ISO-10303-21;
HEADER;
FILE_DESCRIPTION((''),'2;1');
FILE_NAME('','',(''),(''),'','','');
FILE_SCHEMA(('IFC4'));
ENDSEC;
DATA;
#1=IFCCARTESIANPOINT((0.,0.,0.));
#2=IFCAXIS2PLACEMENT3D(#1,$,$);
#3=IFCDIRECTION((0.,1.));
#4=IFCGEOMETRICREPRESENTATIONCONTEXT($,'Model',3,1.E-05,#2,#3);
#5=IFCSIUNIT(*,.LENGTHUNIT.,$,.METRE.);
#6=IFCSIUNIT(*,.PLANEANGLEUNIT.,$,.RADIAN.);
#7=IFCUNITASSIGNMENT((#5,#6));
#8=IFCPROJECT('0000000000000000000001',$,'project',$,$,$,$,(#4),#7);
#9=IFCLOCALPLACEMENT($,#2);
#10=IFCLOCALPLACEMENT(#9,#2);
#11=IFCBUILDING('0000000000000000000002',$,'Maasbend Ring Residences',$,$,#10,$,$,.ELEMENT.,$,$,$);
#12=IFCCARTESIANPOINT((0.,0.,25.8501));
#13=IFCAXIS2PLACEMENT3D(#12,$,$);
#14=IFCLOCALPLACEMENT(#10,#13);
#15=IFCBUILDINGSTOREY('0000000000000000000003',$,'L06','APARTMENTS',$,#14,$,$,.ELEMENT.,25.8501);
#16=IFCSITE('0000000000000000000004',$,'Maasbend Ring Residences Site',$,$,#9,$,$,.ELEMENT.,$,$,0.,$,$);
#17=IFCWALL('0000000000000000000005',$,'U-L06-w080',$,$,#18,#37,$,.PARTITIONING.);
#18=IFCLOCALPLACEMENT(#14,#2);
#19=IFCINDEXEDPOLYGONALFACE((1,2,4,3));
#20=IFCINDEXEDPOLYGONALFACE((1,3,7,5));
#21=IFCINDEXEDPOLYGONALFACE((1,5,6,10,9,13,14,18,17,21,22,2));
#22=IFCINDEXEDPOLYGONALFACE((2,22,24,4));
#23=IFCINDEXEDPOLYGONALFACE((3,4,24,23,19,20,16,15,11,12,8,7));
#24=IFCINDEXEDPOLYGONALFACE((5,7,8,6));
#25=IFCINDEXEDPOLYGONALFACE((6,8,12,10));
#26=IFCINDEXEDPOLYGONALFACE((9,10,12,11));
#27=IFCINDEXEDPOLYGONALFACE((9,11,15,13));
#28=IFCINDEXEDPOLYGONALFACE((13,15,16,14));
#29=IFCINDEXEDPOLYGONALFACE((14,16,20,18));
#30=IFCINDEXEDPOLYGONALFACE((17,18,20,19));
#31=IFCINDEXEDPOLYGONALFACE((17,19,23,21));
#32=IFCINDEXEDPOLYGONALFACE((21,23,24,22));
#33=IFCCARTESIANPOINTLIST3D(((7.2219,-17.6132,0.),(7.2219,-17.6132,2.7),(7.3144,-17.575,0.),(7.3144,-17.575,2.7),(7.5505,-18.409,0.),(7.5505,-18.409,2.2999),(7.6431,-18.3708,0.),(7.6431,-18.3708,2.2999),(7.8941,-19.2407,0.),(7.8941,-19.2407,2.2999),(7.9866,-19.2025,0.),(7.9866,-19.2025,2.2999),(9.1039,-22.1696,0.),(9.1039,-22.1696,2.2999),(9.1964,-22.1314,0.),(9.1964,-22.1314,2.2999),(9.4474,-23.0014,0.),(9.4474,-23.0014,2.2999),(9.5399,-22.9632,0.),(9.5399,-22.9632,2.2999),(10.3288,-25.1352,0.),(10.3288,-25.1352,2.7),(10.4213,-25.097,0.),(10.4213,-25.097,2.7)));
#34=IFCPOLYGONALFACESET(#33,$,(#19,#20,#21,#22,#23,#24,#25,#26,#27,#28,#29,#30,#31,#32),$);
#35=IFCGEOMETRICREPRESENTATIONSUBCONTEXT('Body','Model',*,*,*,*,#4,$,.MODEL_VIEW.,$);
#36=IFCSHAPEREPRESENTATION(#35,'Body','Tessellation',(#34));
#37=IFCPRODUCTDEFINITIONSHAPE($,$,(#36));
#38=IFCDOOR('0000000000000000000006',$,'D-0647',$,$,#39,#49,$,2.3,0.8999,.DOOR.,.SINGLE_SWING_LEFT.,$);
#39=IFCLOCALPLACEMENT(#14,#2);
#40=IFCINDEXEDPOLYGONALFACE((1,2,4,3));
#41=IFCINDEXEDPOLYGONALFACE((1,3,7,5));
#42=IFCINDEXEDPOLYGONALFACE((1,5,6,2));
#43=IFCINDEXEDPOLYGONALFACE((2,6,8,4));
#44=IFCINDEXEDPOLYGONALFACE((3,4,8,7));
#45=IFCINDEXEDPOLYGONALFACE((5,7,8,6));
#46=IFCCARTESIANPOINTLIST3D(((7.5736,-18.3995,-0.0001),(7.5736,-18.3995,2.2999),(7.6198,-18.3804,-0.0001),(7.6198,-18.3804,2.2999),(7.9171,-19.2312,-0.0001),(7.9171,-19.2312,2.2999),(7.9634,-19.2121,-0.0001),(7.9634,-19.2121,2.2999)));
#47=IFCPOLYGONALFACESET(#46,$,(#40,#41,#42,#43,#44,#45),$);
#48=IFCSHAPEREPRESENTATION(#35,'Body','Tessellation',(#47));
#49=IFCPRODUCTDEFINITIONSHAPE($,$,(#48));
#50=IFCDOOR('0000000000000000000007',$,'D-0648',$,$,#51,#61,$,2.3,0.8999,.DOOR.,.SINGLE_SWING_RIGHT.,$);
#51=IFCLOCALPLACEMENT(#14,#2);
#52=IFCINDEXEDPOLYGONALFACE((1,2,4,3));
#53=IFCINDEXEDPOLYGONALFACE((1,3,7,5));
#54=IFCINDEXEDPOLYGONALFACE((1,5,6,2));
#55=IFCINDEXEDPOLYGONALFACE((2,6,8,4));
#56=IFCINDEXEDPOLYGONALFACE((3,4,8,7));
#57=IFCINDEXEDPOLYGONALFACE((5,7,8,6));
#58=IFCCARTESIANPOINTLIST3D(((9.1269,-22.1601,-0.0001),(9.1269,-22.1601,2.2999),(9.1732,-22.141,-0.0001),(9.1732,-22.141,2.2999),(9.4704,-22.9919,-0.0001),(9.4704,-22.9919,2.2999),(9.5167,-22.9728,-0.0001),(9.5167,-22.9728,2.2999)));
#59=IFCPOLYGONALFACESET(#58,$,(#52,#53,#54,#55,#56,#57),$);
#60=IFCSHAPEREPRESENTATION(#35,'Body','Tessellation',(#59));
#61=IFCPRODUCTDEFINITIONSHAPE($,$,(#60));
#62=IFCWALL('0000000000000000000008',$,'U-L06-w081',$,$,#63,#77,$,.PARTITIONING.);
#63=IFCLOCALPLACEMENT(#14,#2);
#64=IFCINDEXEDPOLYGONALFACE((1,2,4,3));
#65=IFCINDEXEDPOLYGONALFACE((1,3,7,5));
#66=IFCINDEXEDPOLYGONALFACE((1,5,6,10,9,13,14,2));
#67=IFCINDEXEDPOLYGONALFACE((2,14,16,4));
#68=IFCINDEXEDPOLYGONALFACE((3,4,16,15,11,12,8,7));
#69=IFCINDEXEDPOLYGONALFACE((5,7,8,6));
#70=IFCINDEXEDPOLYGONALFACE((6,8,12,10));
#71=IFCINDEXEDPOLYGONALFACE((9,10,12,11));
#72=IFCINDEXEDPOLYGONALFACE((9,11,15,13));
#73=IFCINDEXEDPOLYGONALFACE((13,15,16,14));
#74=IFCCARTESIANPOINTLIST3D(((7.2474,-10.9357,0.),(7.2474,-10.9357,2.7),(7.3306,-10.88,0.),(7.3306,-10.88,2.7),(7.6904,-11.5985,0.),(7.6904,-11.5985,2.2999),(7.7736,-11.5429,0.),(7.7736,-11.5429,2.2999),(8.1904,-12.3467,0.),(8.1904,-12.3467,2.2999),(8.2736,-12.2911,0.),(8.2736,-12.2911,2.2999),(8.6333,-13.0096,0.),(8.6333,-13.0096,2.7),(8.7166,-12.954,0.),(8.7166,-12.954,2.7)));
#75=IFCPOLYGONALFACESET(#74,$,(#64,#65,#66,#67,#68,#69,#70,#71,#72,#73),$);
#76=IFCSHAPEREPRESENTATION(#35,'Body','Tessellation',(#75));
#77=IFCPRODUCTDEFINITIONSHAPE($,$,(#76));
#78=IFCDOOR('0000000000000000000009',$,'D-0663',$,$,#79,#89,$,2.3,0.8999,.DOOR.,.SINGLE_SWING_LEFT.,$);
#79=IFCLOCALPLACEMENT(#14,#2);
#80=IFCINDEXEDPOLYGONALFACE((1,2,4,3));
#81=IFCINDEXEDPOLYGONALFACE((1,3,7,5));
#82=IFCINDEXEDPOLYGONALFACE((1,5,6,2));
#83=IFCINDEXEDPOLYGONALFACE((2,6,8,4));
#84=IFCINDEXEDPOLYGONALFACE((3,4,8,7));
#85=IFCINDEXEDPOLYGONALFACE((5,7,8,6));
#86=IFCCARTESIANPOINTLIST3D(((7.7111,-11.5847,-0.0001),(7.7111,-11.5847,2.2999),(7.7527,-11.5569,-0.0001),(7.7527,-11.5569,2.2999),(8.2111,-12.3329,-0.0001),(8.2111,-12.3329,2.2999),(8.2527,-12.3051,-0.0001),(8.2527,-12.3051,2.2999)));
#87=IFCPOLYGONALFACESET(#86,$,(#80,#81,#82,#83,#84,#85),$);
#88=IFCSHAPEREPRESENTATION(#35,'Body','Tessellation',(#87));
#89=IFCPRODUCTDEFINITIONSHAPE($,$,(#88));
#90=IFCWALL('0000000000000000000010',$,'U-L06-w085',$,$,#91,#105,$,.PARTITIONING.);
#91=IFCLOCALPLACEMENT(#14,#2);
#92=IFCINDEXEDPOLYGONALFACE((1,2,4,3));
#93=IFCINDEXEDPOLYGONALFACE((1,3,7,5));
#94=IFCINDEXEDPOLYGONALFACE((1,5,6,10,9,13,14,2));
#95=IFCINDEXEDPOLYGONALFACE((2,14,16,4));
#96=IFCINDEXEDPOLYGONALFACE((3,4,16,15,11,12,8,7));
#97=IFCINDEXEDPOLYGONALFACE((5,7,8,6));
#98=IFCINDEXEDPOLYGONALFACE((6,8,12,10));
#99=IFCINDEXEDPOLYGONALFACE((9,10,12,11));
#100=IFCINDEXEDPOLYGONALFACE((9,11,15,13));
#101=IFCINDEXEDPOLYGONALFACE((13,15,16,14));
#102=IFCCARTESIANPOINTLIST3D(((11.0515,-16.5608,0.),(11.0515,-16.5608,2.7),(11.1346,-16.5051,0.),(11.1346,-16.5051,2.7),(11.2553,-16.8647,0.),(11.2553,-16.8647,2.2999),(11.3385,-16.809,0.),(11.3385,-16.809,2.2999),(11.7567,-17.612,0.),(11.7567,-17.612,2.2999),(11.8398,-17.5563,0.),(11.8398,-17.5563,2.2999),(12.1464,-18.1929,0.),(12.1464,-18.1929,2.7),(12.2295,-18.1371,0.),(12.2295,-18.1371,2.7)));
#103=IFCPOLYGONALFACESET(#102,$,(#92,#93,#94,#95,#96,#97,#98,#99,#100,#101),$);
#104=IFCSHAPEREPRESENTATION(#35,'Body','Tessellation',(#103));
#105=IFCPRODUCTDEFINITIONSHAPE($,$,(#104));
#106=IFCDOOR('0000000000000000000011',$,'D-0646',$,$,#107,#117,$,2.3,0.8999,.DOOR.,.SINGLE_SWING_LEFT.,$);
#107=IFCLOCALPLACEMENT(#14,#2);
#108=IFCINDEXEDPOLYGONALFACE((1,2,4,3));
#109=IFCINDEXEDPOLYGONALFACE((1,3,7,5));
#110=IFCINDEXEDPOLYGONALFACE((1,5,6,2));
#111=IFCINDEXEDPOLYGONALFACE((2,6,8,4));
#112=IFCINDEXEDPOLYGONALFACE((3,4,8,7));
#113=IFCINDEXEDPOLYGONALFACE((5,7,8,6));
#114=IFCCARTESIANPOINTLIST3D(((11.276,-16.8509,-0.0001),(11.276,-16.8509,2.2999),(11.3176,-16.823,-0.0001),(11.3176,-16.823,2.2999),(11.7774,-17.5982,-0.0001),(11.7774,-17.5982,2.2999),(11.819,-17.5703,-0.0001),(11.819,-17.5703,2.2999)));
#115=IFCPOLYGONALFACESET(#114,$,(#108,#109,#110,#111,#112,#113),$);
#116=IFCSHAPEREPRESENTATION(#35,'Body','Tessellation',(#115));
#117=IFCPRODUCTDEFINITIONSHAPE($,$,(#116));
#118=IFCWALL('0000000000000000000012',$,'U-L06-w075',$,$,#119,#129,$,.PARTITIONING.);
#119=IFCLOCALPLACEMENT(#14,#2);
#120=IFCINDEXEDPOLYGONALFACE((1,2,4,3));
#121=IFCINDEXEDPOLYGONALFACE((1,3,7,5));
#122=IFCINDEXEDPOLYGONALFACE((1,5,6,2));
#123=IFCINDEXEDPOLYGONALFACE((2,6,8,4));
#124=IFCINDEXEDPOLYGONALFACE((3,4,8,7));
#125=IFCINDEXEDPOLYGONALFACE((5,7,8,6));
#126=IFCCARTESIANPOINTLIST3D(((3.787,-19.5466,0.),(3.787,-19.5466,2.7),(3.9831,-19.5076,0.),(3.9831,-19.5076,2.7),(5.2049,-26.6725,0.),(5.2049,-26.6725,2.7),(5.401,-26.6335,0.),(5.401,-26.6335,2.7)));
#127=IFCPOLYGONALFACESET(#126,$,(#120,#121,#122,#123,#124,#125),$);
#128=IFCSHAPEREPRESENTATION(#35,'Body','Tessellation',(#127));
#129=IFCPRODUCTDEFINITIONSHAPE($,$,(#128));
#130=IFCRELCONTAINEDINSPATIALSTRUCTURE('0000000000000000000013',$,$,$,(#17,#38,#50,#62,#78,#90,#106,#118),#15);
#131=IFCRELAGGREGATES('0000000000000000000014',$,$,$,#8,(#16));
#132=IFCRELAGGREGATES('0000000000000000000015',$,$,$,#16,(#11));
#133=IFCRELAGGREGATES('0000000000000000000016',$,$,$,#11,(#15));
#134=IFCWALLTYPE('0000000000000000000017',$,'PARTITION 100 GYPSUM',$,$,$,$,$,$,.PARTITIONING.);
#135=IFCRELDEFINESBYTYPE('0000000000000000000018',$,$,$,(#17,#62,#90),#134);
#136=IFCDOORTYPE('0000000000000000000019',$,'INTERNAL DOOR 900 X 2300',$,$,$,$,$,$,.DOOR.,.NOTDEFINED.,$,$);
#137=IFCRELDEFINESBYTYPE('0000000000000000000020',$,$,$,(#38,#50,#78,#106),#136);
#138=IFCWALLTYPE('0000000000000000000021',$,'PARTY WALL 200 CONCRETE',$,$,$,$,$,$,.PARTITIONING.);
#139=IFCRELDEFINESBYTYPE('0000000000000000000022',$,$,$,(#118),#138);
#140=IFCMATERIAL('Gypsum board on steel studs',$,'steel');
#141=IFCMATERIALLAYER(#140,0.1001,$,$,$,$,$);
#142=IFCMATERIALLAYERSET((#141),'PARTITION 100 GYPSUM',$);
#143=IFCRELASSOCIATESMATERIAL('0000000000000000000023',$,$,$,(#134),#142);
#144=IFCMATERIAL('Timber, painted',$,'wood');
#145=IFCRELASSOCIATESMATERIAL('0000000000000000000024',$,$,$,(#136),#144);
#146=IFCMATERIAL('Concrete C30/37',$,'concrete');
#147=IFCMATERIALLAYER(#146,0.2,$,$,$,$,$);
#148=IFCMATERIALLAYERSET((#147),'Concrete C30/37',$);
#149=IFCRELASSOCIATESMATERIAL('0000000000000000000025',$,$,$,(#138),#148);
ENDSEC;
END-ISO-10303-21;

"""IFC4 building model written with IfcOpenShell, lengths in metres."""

from ifc_helpers import new_model, si_unit, direction, frame, frame_2d, origin, place, context, subcontext, project, spatial, rectangle, extrude, material, layer, layer_set, type_object, element, fill, save


model = new_model("IFC4")

# Units and contexts
model_context = context("Model", 3, precision=1e-05, world=origin(), true_north=direction((0.0, 1.0)))
body_context = subcontext(model_context, "Body", "Model", "MODEL_VIEW")
ifc_project = project(units=[si_unit("LENGTHUNIT", "METRE"), si_unit("PLANEANGLEUNIT", "RADIAN")], contexts=[model_context])

# Site, building, storey
site_placement = place(None, origin())
site = spatial("IfcSite", under=ifc_project, at=site_placement, Name="Maasbend Ring Residences Site", CompositionType="ELEMENT", RefElevation=0.0)
building_placement = place(site_placement, origin())
building = spatial("IfcBuilding", under=site, at=building_placement, Name="Maasbend Ring Residences", CompositionType="ELEMENT")
storey_placement = place(building_placement, frame((0.0, 0.0, 25.8501)))
storey = spatial("IfcBuildingStorey", under=building, at=storey_placement, Name="L06", Description="APARTMENTS", CompositionType="ELEMENT", Elevation=25.8501)

# Shared definitions
ifc_material_1 = material(Name="Gypsum board on steel studs", Category="steel")
ifc_layer_1 = layer(ifc_material_1, 0.1001)
ifc_layer_set_1 = layer_set([ifc_layer_1], Name="PARTITION 100 GYPSUM")
wall_type_1 = type_object("IfcWallType", Name="PARTITION 100 GYPSUM", PredefinedType="PARTITIONING", material=ifc_layer_set_1)
ifc_material_2 = material(Name="Timber, painted", Category="wood")
door_type_1 = type_object("IfcDoorType", Name="INTERNAL DOOR 900 X 2300", OperationType="NOTDEFINED", PredefinedType="DOOR", material=ifc_material_2)

# Wall, openings, doors
wall_1_placement = place(storey_placement, frame((7.2681, -17.594, 0.0), z_axis=(0.0, 0.0, 1.0), x_axis=(0.381763, -0.92426, 0.0)))
wall_1 = element("IfcWall", 1, at=wall_1_placement, inside=storey, type_object=wall_type_1, Name="U-L06-w080", PredefinedType="PARTITIONING", context=body_context, shape_type="SweptSolid", body=[
    extrude(rectangle(XDim=8.1384, YDim=0.1001, at=frame_2d((4.0693, 0.0))), origin(), (0.0, 0.0, 1.0), 2.7),
])
opening_1_placement = place(wall_1_placement, frame((0.8611, 0.0, 0.0)))
opening_1 = element("IfcOpeningElement", 2, at=opening_1_placement, cuts=wall_1, PredefinedType="OPENING", context=body_context, shape_type="SweptSolid", body=[
    extrude(rectangle(XDim=0.8999, YDim=2.3, at=frame_2d((0.45, 1.1499))), frame((0.0, 0.0601, 0.0), z_axis=(0.0, -1.0, 0.0), x_axis=(1.0, 0.0, 0.0)), (0.0, 0.0, 1.0), 0.1201),
])
opening_2_placement = place(wall_1_placement, frame((4.9299, 0.0, 0.0)))
opening_2 = element("IfcOpeningElement", 3, at=opening_2_placement, cuts=wall_1, PredefinedType="OPENING", context=body_context, shape_type="SweptSolid", body=[
    extrude(rectangle(XDim=0.8999, YDim=2.3, at=frame_2d((0.45, 1.1499))), frame((0.0, 0.0601, 0.0), z_axis=(0.0, -1.0, 0.0), x_axis=(1.0, 0.0, 0.0)), (0.0, 0.0, 1.0), 0.1201),
])
door_1_placement = place(opening_1_placement, origin())
door_1 = element("IfcDoor", 4, at=door_1_placement, inside=storey, type_object=door_type_1, Name="D-0647", OperationType="SINGLE_SWING_LEFT", OverallHeight=2.3, OverallWidth=0.8999, PredefinedType="DOOR", context=body_context, shape_type="SweptSolid", body=[
    extrude(rectangle(XDim=0.8999, YDim=2.3, at=frame_2d((0.45, 1.1499))), frame((0.0, 0.0249, 0.0), z_axis=(0.0, -1.0, 0.0), x_axis=(1.0, 0.0, 0.0)), (0.0, 0.0, 1.0), 0.05),
])
fill(opening_1, door_1)
door_2_placement = place(opening_2_placement, origin())
door_2 = element("IfcDoor", 5, at=door_2_placement, inside=storey, type_object=door_type_1, Name="D-0648", OperationType="SINGLE_SWING_RIGHT", OverallHeight=2.3, OverallWidth=0.8999, PredefinedType="DOOR", context=body_context, shape_type="SweptSolid", body=[
    extrude(rectangle(XDim=0.8999, YDim=2.3, at=frame_2d((0.45, 1.1499))), frame((0.0, 0.0249, 0.0), z_axis=(0.0, -1.0, 0.0), x_axis=(1.0, 0.0, 0.0)), (0.0, 0.0, 1.0), 0.05),
])
fill(opening_2, door_2)

# Walls, openings, doors
wall_2_placement = place(storey_placement, frame((7.2891, -10.908, 0.0), z_axis=(0.0, 0.0, 1.0), x_axis=(0.555626, -0.831432, 0.0)))
wall_2 = element("IfcWall", 6, at=wall_2_placement, inside=storey, type_object=wall_type_1, Name="U-L06-w081", PredefinedType="PARTITIONING", context=body_context, shape_type="SweptSolid", body=[
    extrude(rectangle(XDim=2.4944, YDim=0.1001, at=frame_2d((1.2471, 0.0))), origin(), (0.0, 0.0, 1.0), 2.7),
])
opening_3_placement = place(wall_2_placement, frame((0.7971, 0.0, 0.0)))
opening_3 = element("IfcOpeningElement", 7, at=opening_3_placement, cuts=wall_2, PredefinedType="OPENING", context=body_context, shape_type="SweptSolid", body=[
    extrude(rectangle(XDim=0.8999, YDim=2.3, at=frame_2d((0.45, 1.1499))), frame((0.0, 0.0601, 0.0), z_axis=(0.0, -1.0, 0.0), x_axis=(1.0, 0.0, 0.0)), (0.0, 0.0, 1.0), 0.1201),
])
door_3_placement = place(opening_3_placement, origin())
door_3 = element("IfcDoor", 8, at=door_3_placement, inside=storey, type_object=door_type_1, Name="D-0663", OperationType="SINGLE_SWING_LEFT", OverallHeight=2.3, OverallWidth=0.8999, PredefinedType="DOOR", context=body_context, shape_type="SweptSolid", body=[
    extrude(rectangle(XDim=0.8999, YDim=2.3, at=frame_2d((0.45, 1.1499))), frame((0.0, 0.0249, 0.0), z_axis=(0.0, -1.0, 0.0), x_axis=(1.0, 0.0, 0.0)), (0.0, 0.0, 1.0), 0.05),
])
fill(opening_3, door_3)
wall_3_placement = place(storey_placement, frame((11.093, -16.533, 0.0), z_axis=(0.0, 0.0, 1.0), x_axis=(0.557134, -0.830422, 0.0)))
wall_3 = element("IfcWall", 9, at=wall_3_placement, inside=storey, type_object=wall_type_1, Name="U-L06-w085", PredefinedType="PARTITIONING", context=body_context, shape_type="SweptSolid", body=[
    extrude(rectangle(XDim=1.9653, YDim=0.1001, at=frame_2d((0.9827, 0.0))), origin(), (0.0, 0.0, 1.0), 2.7),
])
opening_4_placement = place(wall_3_placement, frame((0.366, 0.0, 0.0)))
opening_4 = element("IfcOpeningElement", 10, at=opening_4_placement, cuts=wall_3, PredefinedType="OPENING", context=body_context, shape_type="SweptSolid", body=[
    extrude(rectangle(XDim=0.8999, YDim=2.3, at=frame_2d((0.45, 1.1499))), frame((0.0, 0.0601, 0.0), z_axis=(0.0, -1.0, 0.0), x_axis=(1.0, 0.0, 0.0)), (0.0, 0.0, 1.0), 0.1201),
])
door_4_placement = place(opening_4_placement, origin())
door_4 = element("IfcDoor", 11, at=door_4_placement, inside=storey, type_object=door_type_1, Name="D-0646", OperationType="SINGLE_SWING_LEFT", OverallHeight=2.3, OverallWidth=0.8999, PredefinedType="DOOR", context=body_context, shape_type="SweptSolid", body=[
    extrude(rectangle(XDim=0.8999, YDim=2.3, at=frame_2d((0.45, 1.1499))), frame((0.0, 0.0249, 0.0), z_axis=(0.0, -1.0, 0.0), x_axis=(1.0, 0.0, 0.0)), (0.0, 0.0, 1.0), 0.05),
])
fill(opening_4, door_4)

# Wall
ifc_material_3 = material(Name="Concrete C30/37", Category="concrete")
ifc_layer_2 = layer(ifc_material_3, 0.2)
ifc_layer_set_2 = layer_set([ifc_layer_2], Name="Concrete C30/37")
wall_type_2 = type_object("IfcWallType", Name="PARTY WALL 200 CONCRETE", PredefinedType="PARTITIONING", material=ifc_layer_set_2)
wall_4_placement = place(storey_placement, frame((3.885, -19.5271, 0.0), z_axis=(0.0, 0.0, 1.0), x_axis=(0.19516, -0.980771, 0.0)))
element("IfcWall", 12, at=wall_4_placement, inside=storey, type_object=wall_type_2, Name="U-L06-w075", PredefinedType="PARTITIONING", context=body_context, shape_type="SweptSolid", body=[
    extrude(rectangle(XDim=7.2656, YDim=0.2, at=frame_2d((3.6328, 0.0))), origin(), (0.0, 0.0, 1.0), 2.7),
])

save(model, "model.ifc")
